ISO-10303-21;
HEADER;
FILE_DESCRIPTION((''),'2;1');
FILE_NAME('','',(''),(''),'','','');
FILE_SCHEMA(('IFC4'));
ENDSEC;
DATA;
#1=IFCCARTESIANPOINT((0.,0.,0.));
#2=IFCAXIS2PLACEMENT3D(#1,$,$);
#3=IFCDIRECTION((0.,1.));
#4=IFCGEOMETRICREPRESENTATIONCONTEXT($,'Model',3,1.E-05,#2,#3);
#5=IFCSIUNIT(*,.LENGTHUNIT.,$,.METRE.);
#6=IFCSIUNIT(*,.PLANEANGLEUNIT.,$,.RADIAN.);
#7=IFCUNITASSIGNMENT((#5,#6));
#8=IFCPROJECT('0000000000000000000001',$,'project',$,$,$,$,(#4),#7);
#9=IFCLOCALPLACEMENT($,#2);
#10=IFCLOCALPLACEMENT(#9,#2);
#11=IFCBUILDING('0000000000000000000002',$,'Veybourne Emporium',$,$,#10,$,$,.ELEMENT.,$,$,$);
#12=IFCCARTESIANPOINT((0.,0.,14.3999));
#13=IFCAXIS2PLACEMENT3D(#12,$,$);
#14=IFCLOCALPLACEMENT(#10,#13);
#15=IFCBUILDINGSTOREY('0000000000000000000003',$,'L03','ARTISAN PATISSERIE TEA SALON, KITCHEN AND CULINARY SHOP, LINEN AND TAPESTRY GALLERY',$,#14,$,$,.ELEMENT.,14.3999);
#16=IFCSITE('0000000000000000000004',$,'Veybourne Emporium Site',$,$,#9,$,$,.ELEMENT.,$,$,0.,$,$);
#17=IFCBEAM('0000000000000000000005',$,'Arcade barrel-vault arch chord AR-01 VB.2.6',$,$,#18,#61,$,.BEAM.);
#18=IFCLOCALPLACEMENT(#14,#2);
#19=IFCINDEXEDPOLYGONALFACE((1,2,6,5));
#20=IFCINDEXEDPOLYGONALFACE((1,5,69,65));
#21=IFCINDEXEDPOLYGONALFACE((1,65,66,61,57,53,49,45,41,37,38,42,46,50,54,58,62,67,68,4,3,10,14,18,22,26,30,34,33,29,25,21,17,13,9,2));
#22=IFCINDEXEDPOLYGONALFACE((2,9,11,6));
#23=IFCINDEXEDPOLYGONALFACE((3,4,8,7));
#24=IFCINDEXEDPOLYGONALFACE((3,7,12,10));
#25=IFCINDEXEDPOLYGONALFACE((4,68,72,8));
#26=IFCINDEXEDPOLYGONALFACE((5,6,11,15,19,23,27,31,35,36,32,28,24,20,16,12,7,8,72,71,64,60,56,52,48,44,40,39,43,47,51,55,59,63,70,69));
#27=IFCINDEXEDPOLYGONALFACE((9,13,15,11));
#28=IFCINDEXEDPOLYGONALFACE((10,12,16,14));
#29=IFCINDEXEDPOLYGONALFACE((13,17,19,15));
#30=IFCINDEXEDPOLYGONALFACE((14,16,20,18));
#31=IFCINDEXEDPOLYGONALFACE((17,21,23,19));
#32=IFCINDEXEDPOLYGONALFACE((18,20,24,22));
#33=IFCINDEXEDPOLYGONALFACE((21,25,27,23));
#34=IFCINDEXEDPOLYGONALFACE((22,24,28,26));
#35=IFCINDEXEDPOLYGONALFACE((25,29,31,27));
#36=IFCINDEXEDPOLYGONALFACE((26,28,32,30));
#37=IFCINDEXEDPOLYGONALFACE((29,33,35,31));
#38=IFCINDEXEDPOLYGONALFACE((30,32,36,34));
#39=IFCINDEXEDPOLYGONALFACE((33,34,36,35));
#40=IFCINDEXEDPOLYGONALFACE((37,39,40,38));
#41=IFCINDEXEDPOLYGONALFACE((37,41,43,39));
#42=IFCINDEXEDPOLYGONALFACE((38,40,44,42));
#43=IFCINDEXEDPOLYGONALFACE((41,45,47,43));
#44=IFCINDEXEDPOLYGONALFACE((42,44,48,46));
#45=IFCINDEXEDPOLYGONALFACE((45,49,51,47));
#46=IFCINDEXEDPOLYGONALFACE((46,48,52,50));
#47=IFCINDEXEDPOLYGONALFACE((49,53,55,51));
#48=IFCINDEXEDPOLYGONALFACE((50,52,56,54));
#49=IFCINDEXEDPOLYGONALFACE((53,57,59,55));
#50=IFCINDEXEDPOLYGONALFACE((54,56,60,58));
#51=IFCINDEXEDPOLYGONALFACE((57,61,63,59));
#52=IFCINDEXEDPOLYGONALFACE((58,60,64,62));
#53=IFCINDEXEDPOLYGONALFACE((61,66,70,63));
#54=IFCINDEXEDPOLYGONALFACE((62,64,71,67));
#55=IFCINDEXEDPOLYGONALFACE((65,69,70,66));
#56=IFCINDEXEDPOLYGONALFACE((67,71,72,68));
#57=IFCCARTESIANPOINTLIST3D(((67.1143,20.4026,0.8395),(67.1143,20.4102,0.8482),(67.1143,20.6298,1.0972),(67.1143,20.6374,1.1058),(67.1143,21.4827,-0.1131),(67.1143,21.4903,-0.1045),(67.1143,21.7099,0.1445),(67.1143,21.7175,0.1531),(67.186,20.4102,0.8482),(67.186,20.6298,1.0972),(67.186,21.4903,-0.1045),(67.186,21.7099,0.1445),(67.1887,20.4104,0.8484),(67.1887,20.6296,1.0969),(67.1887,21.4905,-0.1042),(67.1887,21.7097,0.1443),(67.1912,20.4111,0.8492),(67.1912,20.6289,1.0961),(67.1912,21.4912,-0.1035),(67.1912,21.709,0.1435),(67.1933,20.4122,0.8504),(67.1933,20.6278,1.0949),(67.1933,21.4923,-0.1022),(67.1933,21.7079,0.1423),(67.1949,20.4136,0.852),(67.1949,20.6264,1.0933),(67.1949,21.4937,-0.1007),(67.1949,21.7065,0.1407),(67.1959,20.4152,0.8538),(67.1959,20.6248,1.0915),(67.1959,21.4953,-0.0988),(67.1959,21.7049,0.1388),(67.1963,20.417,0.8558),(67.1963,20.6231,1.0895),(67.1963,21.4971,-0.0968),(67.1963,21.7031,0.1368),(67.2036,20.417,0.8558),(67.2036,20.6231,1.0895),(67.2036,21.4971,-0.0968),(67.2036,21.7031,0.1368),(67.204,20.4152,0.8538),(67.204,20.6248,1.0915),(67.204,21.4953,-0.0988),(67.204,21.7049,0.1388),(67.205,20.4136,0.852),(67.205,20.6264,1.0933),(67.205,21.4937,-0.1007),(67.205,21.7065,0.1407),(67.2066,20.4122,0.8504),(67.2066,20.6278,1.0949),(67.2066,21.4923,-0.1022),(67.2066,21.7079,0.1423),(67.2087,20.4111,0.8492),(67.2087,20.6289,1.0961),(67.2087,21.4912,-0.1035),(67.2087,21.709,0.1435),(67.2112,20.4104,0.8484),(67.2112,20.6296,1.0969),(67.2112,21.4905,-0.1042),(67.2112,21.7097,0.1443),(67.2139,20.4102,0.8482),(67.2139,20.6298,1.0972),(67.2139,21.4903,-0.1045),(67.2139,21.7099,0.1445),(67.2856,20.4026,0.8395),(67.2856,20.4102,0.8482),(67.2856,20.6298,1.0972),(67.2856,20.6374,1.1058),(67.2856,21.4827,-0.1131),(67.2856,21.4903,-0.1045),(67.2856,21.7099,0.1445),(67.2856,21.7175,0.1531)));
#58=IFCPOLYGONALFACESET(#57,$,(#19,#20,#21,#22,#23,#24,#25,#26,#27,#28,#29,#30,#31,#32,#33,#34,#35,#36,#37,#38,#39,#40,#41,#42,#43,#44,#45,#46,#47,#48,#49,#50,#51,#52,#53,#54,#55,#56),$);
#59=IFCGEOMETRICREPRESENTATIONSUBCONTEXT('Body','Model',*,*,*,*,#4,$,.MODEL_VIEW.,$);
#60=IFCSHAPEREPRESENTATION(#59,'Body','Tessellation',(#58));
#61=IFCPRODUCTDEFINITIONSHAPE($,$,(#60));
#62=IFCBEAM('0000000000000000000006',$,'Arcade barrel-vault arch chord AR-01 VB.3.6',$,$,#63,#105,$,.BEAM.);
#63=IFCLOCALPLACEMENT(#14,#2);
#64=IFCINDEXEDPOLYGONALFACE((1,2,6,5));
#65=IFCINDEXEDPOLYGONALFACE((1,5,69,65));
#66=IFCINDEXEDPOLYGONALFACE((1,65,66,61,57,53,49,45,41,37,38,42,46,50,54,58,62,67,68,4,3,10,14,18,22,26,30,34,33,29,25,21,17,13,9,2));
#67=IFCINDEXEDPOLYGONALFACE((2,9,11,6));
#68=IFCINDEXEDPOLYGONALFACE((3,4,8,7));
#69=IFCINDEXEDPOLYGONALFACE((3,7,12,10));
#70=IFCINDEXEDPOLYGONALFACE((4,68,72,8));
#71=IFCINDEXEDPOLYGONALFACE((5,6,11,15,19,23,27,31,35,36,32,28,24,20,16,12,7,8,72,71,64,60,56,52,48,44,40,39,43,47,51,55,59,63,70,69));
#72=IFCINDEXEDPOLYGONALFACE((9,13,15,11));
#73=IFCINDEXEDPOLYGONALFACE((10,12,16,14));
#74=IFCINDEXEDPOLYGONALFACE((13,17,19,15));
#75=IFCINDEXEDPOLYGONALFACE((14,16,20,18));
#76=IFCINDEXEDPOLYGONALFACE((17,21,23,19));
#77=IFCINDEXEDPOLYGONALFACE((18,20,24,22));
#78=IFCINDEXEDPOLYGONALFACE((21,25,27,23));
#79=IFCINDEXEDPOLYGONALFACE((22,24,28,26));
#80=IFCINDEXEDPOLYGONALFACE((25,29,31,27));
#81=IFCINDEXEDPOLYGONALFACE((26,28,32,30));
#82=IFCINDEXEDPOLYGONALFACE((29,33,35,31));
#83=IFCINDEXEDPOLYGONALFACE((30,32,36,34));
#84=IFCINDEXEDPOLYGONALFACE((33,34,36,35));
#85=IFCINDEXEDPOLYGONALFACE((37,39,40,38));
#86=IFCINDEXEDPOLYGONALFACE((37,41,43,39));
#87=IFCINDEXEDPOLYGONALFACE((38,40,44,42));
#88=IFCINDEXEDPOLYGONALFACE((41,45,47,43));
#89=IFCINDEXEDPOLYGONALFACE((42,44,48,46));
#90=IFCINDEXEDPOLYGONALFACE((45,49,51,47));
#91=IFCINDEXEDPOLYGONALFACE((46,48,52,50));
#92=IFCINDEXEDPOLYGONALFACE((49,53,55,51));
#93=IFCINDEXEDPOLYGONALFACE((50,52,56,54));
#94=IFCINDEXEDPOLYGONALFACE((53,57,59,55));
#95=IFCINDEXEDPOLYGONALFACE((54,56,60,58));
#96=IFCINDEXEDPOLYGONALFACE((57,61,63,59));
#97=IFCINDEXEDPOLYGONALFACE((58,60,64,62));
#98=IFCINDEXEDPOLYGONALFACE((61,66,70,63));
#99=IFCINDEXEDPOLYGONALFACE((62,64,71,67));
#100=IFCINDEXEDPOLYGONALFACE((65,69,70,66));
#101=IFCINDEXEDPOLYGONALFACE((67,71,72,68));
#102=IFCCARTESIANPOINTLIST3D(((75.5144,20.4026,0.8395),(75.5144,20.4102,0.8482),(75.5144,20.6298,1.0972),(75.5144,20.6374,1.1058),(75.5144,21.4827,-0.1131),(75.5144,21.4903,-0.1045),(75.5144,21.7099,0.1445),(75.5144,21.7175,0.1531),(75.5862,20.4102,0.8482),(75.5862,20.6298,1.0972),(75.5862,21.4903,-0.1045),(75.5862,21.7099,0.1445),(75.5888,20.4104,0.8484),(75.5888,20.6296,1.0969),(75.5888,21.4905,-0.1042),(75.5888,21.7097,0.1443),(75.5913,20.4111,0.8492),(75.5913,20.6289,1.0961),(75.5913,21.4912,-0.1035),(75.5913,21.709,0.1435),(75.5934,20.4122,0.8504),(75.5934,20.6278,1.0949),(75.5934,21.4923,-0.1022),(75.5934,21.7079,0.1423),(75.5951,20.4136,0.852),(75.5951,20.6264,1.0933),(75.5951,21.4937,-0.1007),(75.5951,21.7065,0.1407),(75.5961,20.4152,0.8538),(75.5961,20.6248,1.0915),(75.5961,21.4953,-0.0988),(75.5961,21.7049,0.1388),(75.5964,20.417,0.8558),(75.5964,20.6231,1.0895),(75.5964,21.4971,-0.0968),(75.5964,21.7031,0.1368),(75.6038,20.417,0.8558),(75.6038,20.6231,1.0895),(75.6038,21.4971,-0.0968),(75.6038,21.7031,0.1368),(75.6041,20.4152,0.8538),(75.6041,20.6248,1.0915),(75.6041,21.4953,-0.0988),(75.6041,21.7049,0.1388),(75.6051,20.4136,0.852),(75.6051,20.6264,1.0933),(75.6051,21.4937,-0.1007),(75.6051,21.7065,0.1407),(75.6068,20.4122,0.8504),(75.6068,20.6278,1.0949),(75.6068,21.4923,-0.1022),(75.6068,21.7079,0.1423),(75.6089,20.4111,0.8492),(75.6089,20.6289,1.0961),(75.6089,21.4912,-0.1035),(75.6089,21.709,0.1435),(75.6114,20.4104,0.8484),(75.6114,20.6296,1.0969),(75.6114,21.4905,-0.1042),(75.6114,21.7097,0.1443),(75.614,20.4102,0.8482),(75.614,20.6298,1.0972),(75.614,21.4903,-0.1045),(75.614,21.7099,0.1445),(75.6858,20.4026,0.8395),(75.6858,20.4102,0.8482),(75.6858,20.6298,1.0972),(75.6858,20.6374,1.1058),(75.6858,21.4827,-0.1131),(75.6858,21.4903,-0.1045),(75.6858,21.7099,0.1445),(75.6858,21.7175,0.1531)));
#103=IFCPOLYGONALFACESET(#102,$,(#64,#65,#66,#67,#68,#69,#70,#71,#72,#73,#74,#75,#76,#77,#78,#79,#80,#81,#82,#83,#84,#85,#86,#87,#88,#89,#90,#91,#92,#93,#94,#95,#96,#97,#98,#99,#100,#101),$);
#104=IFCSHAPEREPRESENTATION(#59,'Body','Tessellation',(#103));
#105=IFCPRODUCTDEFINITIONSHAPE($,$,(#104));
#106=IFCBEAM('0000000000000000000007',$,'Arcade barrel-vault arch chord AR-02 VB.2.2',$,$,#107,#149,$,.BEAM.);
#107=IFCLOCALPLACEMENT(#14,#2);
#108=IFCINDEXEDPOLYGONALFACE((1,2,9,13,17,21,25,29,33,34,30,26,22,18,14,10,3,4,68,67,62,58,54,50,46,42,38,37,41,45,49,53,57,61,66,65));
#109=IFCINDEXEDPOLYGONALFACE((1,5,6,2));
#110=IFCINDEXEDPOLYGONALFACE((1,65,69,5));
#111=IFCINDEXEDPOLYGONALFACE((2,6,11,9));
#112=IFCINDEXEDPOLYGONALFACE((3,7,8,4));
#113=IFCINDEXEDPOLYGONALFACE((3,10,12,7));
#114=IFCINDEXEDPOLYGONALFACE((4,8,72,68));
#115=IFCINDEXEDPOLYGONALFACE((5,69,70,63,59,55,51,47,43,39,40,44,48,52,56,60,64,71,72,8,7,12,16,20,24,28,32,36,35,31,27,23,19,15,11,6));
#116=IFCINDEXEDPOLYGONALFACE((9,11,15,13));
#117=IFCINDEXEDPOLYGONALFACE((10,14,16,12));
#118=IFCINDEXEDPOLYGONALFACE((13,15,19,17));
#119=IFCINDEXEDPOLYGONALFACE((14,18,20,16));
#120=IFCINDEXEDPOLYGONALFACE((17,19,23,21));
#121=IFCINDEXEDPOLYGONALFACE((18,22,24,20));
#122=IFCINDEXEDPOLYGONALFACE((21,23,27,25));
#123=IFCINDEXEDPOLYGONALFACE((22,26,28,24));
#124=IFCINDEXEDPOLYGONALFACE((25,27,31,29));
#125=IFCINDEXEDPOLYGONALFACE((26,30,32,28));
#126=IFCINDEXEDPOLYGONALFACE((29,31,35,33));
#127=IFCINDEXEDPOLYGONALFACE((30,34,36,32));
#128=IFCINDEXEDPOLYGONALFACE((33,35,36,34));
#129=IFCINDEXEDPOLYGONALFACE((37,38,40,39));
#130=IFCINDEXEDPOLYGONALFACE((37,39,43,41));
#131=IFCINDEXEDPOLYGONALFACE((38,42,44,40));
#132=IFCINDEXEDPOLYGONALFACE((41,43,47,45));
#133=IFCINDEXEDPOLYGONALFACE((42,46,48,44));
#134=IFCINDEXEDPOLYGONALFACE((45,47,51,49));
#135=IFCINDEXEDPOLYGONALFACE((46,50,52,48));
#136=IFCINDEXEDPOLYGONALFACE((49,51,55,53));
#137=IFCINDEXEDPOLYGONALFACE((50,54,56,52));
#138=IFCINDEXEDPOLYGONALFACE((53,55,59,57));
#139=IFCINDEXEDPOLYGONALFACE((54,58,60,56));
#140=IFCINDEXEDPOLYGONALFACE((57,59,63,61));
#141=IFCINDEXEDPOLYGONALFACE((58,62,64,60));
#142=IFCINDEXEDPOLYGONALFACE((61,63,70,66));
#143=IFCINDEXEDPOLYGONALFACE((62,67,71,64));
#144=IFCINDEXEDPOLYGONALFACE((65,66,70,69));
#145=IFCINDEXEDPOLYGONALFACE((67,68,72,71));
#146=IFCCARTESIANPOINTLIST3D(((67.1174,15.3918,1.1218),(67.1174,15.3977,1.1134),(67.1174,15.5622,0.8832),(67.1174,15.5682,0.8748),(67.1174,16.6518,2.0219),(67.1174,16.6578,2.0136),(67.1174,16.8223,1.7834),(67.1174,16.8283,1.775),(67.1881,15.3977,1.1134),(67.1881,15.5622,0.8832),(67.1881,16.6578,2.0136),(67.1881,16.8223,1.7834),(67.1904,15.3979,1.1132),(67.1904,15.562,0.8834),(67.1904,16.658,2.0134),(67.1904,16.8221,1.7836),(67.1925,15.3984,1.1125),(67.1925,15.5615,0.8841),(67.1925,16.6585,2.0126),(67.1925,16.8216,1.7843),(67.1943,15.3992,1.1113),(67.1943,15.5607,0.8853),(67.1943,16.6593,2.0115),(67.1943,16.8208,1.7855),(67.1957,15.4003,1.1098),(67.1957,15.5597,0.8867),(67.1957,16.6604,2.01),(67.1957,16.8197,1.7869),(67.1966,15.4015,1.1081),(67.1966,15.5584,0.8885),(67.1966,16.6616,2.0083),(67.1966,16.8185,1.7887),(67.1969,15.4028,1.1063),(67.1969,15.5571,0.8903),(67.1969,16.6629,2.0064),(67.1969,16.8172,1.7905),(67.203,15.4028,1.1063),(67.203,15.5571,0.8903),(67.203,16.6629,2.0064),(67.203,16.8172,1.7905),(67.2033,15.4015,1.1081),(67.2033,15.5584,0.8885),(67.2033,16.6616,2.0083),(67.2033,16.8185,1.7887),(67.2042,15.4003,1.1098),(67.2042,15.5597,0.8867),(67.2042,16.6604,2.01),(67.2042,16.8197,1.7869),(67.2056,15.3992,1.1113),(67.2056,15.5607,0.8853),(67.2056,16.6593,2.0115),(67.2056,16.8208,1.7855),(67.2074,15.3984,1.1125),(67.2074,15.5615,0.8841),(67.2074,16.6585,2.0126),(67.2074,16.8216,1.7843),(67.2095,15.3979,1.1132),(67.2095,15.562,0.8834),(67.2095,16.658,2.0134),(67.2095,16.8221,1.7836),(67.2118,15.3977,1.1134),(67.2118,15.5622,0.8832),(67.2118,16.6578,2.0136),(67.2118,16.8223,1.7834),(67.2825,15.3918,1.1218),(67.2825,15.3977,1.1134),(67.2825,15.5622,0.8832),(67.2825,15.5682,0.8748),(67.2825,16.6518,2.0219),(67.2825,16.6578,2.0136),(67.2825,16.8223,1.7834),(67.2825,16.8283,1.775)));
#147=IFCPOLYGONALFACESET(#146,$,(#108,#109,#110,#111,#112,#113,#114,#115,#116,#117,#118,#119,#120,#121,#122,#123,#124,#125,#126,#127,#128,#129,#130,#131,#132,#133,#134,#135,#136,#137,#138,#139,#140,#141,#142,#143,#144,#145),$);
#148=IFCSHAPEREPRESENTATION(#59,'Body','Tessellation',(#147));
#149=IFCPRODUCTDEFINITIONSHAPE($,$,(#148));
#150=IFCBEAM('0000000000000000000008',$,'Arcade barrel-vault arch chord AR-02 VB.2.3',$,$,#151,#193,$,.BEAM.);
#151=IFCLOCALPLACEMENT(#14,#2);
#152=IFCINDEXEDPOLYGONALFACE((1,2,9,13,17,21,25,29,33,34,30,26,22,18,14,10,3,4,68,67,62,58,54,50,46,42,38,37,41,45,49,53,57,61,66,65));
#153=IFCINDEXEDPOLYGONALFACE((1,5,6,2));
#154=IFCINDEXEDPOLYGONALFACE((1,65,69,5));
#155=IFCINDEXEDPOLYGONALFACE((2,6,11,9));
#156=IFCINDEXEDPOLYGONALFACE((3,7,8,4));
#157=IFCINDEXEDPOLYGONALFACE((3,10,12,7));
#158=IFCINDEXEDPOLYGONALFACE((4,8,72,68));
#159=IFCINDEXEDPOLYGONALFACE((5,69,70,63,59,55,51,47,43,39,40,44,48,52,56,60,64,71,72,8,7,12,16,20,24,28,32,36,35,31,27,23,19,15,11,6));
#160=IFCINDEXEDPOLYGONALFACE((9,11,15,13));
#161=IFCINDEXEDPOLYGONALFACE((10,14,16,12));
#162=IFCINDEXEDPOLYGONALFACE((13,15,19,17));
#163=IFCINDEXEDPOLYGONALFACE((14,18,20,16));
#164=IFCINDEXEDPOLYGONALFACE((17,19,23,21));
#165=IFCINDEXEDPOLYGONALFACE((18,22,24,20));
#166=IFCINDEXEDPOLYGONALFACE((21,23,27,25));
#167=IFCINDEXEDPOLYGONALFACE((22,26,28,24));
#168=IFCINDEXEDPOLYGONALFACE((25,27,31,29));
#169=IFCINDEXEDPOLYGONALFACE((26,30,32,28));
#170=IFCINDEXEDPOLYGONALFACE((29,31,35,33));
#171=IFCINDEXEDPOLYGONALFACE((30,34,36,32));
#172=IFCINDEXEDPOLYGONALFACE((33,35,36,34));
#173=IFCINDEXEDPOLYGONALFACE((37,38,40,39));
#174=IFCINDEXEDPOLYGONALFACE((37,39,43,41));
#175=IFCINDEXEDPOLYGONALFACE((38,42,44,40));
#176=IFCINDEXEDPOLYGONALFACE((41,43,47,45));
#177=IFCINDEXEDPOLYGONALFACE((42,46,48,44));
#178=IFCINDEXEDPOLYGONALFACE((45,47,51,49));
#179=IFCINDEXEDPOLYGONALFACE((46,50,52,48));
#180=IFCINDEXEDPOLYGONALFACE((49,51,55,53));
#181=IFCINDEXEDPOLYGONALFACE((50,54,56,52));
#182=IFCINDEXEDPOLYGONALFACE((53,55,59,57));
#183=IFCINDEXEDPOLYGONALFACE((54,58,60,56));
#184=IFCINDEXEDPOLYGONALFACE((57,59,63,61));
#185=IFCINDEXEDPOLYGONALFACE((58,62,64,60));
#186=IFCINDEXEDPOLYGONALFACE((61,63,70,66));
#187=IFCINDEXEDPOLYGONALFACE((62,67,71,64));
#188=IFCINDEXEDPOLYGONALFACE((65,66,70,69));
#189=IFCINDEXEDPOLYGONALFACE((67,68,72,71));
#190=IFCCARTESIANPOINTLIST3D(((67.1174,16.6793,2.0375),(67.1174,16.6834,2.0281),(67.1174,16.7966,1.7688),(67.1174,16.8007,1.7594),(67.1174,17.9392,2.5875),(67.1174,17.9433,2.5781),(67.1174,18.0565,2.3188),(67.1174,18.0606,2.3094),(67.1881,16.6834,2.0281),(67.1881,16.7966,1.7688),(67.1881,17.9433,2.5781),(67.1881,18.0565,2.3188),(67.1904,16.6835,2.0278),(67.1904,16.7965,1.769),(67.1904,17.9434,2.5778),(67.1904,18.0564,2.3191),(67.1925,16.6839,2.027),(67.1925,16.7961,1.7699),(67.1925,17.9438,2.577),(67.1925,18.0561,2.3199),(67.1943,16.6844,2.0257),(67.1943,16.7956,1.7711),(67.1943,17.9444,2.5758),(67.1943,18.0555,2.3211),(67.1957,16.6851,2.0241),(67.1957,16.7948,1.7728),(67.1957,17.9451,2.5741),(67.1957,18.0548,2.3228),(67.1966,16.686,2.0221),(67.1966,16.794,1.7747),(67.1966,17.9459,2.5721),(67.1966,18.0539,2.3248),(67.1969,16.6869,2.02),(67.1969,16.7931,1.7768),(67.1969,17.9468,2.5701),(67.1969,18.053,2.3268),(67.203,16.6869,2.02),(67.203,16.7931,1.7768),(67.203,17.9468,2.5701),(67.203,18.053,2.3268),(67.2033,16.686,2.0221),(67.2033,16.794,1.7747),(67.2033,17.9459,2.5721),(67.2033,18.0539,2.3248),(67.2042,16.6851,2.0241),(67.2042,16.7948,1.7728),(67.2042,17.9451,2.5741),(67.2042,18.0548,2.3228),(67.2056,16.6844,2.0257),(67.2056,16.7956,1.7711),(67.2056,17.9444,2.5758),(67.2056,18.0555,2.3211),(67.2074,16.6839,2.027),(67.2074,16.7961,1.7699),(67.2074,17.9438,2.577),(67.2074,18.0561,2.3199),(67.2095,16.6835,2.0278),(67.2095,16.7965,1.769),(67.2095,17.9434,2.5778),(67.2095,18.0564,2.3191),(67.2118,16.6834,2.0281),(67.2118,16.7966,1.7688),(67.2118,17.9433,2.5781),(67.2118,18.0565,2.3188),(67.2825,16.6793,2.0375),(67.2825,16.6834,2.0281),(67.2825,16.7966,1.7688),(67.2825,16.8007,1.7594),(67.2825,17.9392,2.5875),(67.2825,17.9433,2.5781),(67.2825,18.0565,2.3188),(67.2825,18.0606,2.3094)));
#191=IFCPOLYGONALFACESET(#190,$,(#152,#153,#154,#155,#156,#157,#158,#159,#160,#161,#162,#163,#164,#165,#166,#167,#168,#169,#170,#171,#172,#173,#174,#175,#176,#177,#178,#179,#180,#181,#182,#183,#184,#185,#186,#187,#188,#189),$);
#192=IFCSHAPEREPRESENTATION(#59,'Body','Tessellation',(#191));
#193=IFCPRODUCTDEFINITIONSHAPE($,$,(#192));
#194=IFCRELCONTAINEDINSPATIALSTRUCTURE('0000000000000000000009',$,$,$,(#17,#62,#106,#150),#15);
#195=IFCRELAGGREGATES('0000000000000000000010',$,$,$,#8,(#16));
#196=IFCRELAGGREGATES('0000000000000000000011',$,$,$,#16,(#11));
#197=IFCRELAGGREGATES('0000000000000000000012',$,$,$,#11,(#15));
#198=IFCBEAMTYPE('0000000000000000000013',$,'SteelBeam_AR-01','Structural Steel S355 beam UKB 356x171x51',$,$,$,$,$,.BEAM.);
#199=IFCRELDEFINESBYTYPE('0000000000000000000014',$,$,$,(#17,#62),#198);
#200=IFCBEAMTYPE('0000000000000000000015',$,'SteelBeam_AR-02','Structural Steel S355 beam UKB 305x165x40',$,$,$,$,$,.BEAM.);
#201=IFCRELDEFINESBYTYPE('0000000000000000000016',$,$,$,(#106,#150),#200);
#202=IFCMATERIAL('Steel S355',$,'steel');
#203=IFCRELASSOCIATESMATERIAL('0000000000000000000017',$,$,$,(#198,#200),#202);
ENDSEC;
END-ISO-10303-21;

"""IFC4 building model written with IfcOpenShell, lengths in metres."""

from ifc_helpers import new_model, si_unit, direction, frame, origin, origin_2d, place, context, subcontext, project, spatial, i_section, extrude, material, material_profile, profile_set, type_object, element, save


model = new_model("IFC4")

# Units and contexts
model_context = context("Model", 3, precision=1e-05, world=origin(), true_north=direction((0.0, 1.0)))
body_context = subcontext(model_context, "Body", "Model", "MODEL_VIEW")
ifc_project = project(units=[si_unit("LENGTHUNIT", "METRE"), si_unit("PLANEANGLEUNIT", "RADIAN")], contexts=[model_context])

# Site, building, storey
site_placement = place(None, origin())
site = spatial("IfcSite", under=ifc_project, at=site_placement, Name="Veybourne Emporium Site", CompositionType="ELEMENT", RefElevation=0.0)
building_placement = place(site_placement, origin())
building = spatial("IfcBuilding", under=site, at=building_placement, Name="Veybourne Emporium", CompositionType="ELEMENT")
storey_placement = place(building_placement, frame((0.0, 0.0, 14.3999)))
storey = spatial("IfcBuildingStorey", under=building, at=storey_placement, Name="L03", Description="ARTISAN PATISSERIE TEA SALON, KITCHEN AND CULINARY SHOP, LINEN AND TAPESTRY GALLERY", CompositionType="ELEMENT", Elevation=14.3999)

# Beams
ifc_material_1 = material(Name="Steel S355", Category="steel")
ifc_material_profile_1 = material_profile(ifc_material_1, i_section(OverallWidth=0.1714, OverallDepth=0.355, WebThickness=0.0073, FlangeThickness=0.0115, FilletRadius=0.0103, at=origin_2d()), Name="UKB 356x171x51")
ifc_profile_set_1 = profile_set([ifc_material_profile_1], Name="Steel S355")
beam_type_1 = type_object("IfcBeamType", Name="SteelBeam_AR-01", Description="Structural Steel S355 beam UKB 356x171x51", PredefinedType="BEAM", material=ifc_profile_set_1)
for number, where, z_axis, x_axis, name in (
    (1, (67.2, 20.52, 0.9727), (0.0, 0.749966, -0.661476), (-1.0, 0.0, 0.0), "Arcade barrel-vault arch chord AR-01 VB.2.6"),
    (2, (75.6001, 20.52, 0.9727), (0.0, 0.749966, -0.661476), (-1.0, 0.0, 0.0), "Arcade barrel-vault arch chord AR-01 VB.3.6"),
):
    element("IfcBeam", number, at=place(storey_placement, frame(where, z_axis=z_axis, x_axis=x_axis)), inside=storey, type_object=beam_type_1, Name=name, PredefinedType="BEAM", context=body_context, shape_type="SweptSolid", body=[
        extrude(i_section(OverallWidth=0.1714, OverallDepth=0.355, WebThickness=0.0073, FlangeThickness=0.0115, FilletRadius=0.0103, at=origin_2d()), origin(), (0.0, 0.0, 1.0), 1.4402),
    ])
ifc_material_profile_2 = material_profile(ifc_material_1, i_section(OverallWidth=0.165, OverallDepth=0.3035, WebThickness=0.0061, FlangeThickness=0.0103, FilletRadius=0.0088, at=origin_2d()), Name="UKB 305x165x40")
ifc_profile_set_2 = profile_set([ifc_material_profile_2], Name="Steel S355")
beam_type_2 = type_object("IfcBeamType", Name="SteelBeam_AR-02", Description="Structural Steel S355 beam UKB 305x165x40", PredefinedType="BEAM", material=ifc_profile_set_2)
beam_1_placement = place(storey_placement, frame((67.2, 15.48, 0.9983), z_axis=(0.0, 0.813691, 0.581298), x_axis=(-1.0, 0.0, 0.0)))
element("IfcBeam", 3, at=beam_1_placement, inside=storey, type_object=beam_type_2, Name="Arcade barrel-vault arch chord AR-02 VB.2.2", PredefinedType="BEAM", context=body_context, shape_type="SweptSolid", body=[
    extrude(i_section(OverallWidth=0.165, OverallDepth=0.3035, WebThickness=0.0061, FlangeThickness=0.0103, FilletRadius=0.0088, at=origin_2d()), origin(), (0.0, 0.0, 1.0), 1.5486),
])
for number, where, z_axis, x_axis, name in (
    (4, (67.2, 16.74, 1.8984), (0.0, 0.916479, 0.400083), (-1.0, 0.0, 0.0), "Arcade barrel-vault arch chord AR-02 VB.2.3"),
):
    element("IfcBeam", number, at=place(storey_placement, frame(where, z_axis=z_axis, x_axis=x_axis)), inside=storey, type_object=beam_type_2, Name=name, PredefinedType="BEAM", context=body_context, shape_type="SweptSolid", body=[
        extrude(i_section(OverallWidth=0.165, OverallDepth=0.3035, WebThickness=0.0061, FlangeThickness=0.0103, FilletRadius=0.0088, at=origin_2d()), origin(), (0.0, 0.0, 1.0), 1.3748),
    ])

save(model, "model.ifc")
